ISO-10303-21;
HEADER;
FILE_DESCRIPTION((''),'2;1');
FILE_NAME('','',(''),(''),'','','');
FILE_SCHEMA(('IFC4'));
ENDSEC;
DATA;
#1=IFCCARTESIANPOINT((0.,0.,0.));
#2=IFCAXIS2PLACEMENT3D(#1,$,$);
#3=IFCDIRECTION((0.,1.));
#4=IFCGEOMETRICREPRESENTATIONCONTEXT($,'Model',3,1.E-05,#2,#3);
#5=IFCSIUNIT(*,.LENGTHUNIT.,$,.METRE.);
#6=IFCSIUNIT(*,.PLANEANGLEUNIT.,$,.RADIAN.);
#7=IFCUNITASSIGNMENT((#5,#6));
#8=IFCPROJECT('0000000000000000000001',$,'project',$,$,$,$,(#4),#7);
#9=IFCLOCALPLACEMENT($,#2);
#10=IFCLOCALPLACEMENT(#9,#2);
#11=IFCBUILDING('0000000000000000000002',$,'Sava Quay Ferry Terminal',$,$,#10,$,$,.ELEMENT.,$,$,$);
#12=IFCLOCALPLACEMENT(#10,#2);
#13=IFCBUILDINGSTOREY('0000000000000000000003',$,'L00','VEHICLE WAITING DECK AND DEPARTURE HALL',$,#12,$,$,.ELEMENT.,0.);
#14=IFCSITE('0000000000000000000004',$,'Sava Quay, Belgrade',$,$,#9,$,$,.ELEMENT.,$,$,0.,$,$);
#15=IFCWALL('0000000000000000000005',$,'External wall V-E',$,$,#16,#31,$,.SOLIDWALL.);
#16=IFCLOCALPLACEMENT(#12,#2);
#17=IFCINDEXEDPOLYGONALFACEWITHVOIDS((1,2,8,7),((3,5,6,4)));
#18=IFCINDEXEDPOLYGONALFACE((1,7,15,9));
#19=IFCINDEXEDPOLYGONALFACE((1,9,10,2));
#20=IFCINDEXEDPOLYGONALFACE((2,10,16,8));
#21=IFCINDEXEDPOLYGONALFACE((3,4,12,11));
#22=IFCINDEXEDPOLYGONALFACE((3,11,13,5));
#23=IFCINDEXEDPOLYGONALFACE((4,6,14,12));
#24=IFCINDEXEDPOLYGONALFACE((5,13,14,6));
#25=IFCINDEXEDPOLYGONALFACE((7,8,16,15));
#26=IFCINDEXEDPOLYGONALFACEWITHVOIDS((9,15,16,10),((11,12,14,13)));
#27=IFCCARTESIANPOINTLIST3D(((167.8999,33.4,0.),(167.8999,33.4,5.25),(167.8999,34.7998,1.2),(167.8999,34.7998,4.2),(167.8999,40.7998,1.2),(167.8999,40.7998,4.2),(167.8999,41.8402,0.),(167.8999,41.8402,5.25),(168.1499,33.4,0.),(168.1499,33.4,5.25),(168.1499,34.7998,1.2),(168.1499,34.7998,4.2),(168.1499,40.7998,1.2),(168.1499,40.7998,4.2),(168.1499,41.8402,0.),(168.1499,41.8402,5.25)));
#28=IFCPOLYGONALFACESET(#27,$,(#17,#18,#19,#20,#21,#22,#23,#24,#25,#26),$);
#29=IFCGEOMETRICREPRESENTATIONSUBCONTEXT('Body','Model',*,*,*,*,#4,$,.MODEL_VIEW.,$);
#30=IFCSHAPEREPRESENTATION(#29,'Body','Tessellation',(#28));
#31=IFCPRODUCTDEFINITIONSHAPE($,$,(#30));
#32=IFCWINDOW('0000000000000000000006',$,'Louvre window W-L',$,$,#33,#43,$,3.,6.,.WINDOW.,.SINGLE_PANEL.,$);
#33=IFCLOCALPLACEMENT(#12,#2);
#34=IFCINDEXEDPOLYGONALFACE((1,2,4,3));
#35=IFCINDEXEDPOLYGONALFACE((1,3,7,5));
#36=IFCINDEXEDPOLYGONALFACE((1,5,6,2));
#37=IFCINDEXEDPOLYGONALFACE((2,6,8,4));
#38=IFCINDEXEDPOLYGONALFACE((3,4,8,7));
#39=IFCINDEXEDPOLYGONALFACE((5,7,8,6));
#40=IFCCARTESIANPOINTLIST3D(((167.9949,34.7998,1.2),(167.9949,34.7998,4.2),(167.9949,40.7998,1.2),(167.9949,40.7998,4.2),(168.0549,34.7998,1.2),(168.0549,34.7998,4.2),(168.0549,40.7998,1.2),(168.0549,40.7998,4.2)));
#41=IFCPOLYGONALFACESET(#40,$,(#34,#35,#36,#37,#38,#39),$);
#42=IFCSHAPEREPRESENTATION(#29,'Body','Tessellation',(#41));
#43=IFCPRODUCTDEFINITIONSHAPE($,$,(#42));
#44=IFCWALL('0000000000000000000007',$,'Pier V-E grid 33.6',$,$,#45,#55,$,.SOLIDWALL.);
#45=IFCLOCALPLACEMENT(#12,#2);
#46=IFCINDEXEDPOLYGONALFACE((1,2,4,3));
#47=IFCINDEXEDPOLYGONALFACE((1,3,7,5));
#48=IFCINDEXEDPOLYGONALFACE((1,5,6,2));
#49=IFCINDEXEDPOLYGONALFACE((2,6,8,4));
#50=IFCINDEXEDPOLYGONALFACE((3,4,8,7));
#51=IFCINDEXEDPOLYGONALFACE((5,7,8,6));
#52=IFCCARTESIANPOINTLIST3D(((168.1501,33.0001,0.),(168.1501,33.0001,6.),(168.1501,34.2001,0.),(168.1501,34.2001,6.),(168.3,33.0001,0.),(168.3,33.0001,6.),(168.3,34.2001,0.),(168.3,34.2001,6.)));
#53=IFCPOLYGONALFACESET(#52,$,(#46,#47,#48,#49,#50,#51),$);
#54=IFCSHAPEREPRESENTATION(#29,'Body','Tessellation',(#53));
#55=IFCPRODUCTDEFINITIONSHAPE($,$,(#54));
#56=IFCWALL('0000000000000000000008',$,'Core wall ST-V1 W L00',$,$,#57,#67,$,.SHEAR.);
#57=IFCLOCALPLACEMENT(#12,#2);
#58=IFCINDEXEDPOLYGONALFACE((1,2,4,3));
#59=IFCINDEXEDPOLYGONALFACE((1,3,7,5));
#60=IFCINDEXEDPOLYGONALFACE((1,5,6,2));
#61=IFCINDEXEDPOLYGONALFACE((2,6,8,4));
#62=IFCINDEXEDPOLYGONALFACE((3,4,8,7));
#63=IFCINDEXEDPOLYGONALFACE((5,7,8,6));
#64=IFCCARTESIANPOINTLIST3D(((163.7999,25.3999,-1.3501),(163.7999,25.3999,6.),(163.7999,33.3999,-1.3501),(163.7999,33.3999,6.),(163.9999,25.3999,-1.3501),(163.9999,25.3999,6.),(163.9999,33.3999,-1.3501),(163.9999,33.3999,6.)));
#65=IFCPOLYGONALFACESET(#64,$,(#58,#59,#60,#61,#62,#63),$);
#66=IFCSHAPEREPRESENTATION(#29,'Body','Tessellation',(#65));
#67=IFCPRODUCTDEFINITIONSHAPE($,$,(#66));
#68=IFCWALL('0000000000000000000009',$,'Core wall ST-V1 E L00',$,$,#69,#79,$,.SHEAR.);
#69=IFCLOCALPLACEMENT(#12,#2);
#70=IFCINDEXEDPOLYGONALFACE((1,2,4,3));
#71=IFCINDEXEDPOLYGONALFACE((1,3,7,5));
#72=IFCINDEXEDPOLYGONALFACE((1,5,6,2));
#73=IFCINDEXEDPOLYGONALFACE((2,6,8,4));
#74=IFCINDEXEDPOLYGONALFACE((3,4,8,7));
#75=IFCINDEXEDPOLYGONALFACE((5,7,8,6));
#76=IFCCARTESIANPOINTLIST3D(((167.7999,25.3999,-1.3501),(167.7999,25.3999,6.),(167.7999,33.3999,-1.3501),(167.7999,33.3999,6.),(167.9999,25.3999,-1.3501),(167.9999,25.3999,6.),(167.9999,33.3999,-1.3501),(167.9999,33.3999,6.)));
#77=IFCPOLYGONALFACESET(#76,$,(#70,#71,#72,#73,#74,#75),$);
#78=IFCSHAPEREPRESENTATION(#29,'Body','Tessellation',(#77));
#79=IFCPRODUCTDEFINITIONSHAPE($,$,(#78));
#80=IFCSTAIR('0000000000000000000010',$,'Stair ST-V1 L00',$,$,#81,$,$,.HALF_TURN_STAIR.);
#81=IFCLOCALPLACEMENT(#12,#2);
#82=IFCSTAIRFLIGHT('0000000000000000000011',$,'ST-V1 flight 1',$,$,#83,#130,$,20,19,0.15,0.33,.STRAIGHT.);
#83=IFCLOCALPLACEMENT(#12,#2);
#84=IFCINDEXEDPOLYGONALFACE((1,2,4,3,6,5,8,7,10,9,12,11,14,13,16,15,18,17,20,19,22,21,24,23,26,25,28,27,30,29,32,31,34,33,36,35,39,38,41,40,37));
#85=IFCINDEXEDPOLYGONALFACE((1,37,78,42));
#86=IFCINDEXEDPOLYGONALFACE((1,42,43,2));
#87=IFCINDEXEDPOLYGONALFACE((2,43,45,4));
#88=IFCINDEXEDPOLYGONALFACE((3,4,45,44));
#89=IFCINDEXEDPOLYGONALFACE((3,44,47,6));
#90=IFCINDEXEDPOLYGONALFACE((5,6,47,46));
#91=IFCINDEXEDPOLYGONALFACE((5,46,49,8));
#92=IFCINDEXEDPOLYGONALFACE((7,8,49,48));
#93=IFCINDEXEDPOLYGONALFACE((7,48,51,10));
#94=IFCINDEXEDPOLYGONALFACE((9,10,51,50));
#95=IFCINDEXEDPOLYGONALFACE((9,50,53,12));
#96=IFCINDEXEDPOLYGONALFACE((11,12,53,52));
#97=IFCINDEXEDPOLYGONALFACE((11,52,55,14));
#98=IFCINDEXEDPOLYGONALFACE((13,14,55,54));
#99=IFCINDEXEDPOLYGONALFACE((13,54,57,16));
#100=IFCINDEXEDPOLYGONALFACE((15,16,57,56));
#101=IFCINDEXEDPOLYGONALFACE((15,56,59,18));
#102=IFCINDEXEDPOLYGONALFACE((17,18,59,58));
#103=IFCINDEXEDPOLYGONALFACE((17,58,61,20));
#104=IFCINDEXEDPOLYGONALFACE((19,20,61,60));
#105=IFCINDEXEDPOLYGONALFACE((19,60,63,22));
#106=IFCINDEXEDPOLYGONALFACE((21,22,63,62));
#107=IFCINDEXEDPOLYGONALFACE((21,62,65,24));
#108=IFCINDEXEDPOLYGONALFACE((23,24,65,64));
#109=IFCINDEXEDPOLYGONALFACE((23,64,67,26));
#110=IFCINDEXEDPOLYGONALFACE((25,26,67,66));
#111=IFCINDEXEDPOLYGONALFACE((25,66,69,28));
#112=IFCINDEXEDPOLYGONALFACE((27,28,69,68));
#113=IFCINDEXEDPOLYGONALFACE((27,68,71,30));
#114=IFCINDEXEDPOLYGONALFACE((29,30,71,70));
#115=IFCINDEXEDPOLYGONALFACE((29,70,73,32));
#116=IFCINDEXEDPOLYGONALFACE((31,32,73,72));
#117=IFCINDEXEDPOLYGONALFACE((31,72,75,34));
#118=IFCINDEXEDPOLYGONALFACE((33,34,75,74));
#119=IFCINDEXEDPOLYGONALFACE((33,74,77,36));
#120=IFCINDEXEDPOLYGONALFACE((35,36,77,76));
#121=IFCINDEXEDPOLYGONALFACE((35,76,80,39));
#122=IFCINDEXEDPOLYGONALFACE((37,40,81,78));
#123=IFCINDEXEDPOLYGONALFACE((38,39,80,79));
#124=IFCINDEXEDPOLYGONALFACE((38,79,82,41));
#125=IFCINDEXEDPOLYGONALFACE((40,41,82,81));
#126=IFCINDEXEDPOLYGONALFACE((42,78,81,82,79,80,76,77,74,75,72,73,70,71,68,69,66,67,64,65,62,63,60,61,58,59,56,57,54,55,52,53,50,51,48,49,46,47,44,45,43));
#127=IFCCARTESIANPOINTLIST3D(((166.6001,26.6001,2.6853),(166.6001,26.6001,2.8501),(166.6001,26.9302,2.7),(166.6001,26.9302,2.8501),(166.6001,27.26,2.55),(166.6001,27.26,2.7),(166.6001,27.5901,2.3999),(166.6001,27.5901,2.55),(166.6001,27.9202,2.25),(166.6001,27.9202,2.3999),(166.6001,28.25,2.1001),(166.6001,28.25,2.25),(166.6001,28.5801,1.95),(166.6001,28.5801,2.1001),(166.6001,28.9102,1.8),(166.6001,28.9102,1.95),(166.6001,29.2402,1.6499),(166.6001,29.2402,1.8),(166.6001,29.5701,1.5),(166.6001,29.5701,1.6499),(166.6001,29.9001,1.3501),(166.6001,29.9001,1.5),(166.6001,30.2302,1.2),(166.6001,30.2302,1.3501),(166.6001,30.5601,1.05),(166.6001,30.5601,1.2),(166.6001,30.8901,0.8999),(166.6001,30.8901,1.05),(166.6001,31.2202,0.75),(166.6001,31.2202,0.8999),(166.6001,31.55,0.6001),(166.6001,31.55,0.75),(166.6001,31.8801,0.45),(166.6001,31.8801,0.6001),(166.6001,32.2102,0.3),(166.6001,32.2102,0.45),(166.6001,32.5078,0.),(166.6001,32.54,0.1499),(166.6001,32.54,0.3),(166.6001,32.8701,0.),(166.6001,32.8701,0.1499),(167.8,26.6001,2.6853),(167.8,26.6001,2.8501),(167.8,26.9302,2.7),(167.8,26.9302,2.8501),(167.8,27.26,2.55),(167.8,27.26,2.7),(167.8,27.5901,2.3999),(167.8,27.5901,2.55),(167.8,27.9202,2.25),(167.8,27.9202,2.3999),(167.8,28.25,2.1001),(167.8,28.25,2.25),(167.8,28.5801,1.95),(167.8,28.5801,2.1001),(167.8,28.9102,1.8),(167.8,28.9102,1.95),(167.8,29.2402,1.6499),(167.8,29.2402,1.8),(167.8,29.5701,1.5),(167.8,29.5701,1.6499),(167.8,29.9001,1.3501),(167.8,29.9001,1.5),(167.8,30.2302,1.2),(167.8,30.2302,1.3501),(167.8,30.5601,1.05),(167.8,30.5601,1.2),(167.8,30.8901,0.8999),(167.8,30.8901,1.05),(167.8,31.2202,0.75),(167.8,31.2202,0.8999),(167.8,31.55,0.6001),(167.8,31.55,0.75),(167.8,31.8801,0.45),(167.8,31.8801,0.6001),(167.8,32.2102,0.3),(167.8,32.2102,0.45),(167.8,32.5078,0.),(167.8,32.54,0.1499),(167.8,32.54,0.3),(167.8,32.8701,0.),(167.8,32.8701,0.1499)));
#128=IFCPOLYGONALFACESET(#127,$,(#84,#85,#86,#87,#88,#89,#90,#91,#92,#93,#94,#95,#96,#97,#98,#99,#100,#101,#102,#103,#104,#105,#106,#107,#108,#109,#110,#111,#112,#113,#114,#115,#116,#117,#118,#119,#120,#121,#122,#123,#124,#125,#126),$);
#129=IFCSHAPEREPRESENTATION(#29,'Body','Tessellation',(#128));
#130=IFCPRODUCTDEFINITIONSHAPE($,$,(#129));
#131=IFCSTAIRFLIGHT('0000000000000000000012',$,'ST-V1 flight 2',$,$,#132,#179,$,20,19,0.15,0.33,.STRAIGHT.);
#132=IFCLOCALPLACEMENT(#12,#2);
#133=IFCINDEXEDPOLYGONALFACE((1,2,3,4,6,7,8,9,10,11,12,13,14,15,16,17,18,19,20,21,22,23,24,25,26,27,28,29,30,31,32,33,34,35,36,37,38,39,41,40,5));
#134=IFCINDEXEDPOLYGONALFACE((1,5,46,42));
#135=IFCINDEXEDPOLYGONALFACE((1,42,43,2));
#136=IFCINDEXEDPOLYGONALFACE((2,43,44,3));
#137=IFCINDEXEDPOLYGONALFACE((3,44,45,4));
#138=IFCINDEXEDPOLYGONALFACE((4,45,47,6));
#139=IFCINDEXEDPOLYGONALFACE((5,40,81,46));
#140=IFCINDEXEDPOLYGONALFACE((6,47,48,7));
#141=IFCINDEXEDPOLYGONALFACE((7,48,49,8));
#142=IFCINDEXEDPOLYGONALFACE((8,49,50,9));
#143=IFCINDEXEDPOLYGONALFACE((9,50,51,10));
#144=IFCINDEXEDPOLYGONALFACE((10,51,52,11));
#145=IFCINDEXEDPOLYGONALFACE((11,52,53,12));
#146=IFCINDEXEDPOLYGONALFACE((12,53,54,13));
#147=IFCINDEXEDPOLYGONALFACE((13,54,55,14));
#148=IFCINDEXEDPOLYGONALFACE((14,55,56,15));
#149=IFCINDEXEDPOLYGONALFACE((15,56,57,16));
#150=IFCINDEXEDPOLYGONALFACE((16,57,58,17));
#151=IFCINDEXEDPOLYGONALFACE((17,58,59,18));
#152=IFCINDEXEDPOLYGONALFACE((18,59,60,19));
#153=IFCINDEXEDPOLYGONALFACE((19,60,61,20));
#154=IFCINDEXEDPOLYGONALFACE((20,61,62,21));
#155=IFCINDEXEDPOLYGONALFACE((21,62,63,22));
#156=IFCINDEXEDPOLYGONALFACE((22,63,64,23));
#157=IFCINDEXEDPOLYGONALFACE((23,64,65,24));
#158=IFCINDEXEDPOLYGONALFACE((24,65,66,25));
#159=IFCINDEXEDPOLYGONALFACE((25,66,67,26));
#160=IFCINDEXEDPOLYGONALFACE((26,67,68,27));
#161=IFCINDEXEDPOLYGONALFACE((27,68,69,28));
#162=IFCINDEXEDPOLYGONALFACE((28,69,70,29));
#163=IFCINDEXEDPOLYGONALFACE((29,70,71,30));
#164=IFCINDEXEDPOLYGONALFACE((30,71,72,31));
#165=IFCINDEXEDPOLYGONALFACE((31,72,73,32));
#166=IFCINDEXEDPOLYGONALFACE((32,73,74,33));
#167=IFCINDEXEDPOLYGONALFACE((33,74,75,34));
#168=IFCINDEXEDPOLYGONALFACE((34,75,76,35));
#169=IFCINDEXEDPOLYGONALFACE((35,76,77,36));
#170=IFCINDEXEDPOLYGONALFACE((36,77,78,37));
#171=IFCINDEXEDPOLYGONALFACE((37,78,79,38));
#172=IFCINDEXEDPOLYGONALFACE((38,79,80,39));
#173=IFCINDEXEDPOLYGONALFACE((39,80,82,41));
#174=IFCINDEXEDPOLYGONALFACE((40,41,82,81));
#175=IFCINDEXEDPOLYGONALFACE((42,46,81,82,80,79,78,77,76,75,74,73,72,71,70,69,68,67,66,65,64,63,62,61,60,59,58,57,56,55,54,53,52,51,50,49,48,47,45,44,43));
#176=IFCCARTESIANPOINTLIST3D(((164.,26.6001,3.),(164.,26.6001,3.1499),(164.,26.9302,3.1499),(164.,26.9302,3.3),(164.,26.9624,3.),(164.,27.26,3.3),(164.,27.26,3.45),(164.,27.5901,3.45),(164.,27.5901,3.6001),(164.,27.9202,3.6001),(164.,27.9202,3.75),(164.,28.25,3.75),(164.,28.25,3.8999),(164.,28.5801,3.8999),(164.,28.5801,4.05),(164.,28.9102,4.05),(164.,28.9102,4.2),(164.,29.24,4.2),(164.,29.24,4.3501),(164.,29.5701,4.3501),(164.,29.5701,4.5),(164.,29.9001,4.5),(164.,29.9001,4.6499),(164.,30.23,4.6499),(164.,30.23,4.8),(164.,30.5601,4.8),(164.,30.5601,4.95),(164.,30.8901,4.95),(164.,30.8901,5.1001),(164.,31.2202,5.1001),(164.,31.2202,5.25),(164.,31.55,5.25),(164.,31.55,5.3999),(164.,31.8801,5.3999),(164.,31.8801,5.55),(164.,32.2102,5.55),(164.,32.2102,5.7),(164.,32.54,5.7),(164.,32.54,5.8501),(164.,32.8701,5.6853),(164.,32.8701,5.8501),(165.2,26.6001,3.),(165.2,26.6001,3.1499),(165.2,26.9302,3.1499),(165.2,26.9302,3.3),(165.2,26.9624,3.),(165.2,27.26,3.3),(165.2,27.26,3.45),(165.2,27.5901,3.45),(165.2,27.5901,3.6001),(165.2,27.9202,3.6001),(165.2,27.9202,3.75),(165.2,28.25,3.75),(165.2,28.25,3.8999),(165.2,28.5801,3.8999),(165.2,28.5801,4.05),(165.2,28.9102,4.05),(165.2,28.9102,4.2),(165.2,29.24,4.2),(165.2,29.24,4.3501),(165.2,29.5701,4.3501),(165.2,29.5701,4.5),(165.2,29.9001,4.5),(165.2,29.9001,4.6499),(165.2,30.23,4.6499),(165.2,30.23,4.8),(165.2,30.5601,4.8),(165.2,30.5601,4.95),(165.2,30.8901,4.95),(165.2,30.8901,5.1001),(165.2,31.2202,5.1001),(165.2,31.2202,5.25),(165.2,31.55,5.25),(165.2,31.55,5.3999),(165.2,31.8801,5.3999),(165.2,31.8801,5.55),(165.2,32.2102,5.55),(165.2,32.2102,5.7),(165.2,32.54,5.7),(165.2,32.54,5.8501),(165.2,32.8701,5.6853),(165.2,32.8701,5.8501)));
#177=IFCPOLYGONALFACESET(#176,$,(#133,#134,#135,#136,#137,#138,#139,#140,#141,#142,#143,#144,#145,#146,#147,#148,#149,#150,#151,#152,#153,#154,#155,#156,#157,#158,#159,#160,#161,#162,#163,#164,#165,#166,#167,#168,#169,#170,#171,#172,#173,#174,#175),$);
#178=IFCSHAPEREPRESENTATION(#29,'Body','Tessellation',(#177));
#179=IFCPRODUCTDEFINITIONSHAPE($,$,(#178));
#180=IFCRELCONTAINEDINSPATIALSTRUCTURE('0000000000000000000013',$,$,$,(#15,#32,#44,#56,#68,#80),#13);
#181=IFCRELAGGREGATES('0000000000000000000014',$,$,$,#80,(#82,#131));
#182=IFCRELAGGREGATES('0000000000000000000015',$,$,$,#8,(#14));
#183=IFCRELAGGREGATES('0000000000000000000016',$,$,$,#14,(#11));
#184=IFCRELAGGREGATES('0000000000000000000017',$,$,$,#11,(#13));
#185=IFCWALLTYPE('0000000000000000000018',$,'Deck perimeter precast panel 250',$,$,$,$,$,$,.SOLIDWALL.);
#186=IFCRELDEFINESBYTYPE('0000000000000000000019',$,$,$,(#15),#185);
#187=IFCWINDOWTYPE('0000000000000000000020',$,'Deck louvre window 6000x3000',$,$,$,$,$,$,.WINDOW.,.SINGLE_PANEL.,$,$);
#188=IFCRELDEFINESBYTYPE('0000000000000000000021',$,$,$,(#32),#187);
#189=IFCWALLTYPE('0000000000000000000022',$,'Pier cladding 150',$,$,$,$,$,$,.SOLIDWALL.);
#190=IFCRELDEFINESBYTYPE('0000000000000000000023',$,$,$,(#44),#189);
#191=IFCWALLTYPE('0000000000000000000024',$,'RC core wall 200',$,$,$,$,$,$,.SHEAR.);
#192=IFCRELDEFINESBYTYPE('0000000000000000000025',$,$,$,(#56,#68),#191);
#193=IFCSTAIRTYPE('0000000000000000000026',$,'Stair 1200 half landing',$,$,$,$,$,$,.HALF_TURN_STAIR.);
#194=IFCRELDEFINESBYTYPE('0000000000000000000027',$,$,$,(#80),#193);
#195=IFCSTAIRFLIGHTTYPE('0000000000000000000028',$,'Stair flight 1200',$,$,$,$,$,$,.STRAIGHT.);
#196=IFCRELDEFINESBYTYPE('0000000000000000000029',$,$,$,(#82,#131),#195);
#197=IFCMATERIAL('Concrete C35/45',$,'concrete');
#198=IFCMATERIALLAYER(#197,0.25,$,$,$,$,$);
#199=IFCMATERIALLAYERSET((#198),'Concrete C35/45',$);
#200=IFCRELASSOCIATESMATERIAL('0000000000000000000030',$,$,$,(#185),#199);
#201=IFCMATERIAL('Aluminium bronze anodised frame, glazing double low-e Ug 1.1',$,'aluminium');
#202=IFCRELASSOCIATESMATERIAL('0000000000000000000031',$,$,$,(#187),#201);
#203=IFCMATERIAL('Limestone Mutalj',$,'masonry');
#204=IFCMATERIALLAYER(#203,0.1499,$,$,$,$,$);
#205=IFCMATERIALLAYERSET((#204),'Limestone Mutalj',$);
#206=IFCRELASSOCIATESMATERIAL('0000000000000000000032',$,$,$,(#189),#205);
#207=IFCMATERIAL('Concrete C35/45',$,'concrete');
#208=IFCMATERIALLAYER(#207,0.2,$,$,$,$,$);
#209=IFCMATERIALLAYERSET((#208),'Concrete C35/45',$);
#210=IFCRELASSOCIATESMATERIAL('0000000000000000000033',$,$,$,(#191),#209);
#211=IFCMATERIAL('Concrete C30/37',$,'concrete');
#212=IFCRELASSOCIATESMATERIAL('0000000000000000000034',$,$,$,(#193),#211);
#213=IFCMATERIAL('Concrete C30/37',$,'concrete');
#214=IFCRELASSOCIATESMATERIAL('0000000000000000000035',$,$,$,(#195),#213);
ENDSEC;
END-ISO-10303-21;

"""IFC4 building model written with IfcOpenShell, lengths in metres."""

from ifc_helpers import new_model, si_unit, direction, frame, frame_2d, origin, place, context, subcontext, project, spatial, polyline, rectangle, outline, extrude, material, layer, layer_set, type_object, element, fill, aggregate, save


model = new_model("IFC4")

# Units and contexts
model_context = context("Model", 3, precision=1e-05, world=origin(), true_north=direction((0.0, 1.0)))
body_context = subcontext(model_context, "Body", "Model", "MODEL_VIEW")
ifc_project = project(units=[si_unit("LENGTHUNIT", "METRE"), si_unit("PLANEANGLEUNIT", "RADIAN")], contexts=[model_context])

# Site, building, storey
site_placement = place(None, origin())
site = spatial("IfcSite", under=ifc_project, at=site_placement, Name="Sava Quay, Belgrade", CompositionType="ELEMENT", RefElevation=0.0)
building_placement = place(site_placement, origin())
building = spatial("IfcBuilding", under=site, at=building_placement, Name="Sava Quay Ferry Terminal", CompositionType="ELEMENT")
storey_placement = place(building_placement, origin())
storey = spatial("IfcBuildingStorey", under=building, at=storey_placement, Name="L00", Description="VEHICLE WAITING DECK AND DEPARTURE HALL", CompositionType="ELEMENT", Elevation=0.0)

# Wall, opening, window
ifc_material_1 = material(Name="Concrete C35/45", Category="concrete")
ifc_layer_1 = layer(ifc_material_1, 0.25)
ifc_layer_set_1 = layer_set([ifc_layer_1], Name="Concrete C35/45")
wall_type_1 = type_object("IfcWallType", Name="Deck perimeter precast panel 250", PredefinedType="SOLIDWALL", material=ifc_layer_set_1)
wall_1_placement = place(storey_placement, frame((168.0249, 33.3999, 0.0), z_axis=(0.0, 0.0, 1.0), x_axis=(0.0, 1.0, 0.0)))
wall_1 = element("IfcWall", 1, at=wall_1_placement, inside=storey, type_object=wall_type_1, Name="External wall V-E", PredefinedType="SOLIDWALL", context=body_context, shape_type="SweptSolid", body=[
    extrude(rectangle(XDim=8.4402, YDim=0.25, at=frame_2d((4.2202, 0.0))), origin(), (0.0, 0.0, 1.0), 5.25),
])
opening_1_placement = place(wall_1_placement, frame((1.3999, 0.0, 1.2)))
opening_1 = element("IfcOpeningElement", 2, at=opening_1_placement, cuts=wall_1, PredefinedType="OPENING", context=body_context, shape_type="SweptSolid", body=[
    extrude(rectangle(XDim=6.0, YDim=3.0, at=frame_2d((3.0, 1.5))), frame((0.0, 0.125, 0.0), z_axis=(0.0, -1.0, 0.0), x_axis=(1.0, 0.0, 0.0)), (0.0, 0.0, 1.0), 0.25),
])
ifc_material_2 = material(Name="Aluminium bronze anodised frame, glazing double low-e Ug 1.1", Category="aluminium")
window_type = type_object("IfcWindowType", Name="Deck louvre window 6000x3000", PartitioningType="SINGLE_PANEL", PredefinedType="WINDOW", material=ifc_material_2)
window_placement = place(opening_1_placement, origin())
window = element("IfcWindow", 3, at=window_placement, inside=storey, type_object=window_type, Name="Louvre window W-L", OverallHeight=3.0, OverallWidth=6.0, PartitioningType="SINGLE_PANEL", PredefinedType="WINDOW", context=body_context, shape_type="SweptSolid", body=[
    extrude(rectangle(XDim=6.0, YDim=3.0, at=frame_2d((3.0, 1.5))), frame((0.0, 0.03, 0.0), z_axis=(0.0, -1.0, 0.0), x_axis=(1.0, 0.0, 0.0)), (0.0, 0.0, 1.0), 0.0601),
])
fill(opening_1, window)

# Wall
ifc_material_3 = material(Name="Limestone Mutalj", Category="masonry")
ifc_layer_2 = layer(ifc_material_3, 0.1499)
ifc_layer_set_2 = layer_set([ifc_layer_2], Name="Limestone Mutalj")
wall_type_2 = type_object("IfcWallType", Name="Pier cladding 150", PredefinedType="SOLIDWALL", material=ifc_layer_set_2)
wall_2_placement = place(storey_placement, frame((168.2251, 33.0, 0.0), z_axis=(0.0, 0.0, 1.0), x_axis=(0.0, 1.0, 0.0)))
element("IfcWall", 4, at=wall_2_placement, inside=storey, type_object=wall_type_2, Name="Pier V-E grid 33.6", PredefinedType="SOLIDWALL", context=body_context, shape_type="SweptSolid", body=[
    extrude(rectangle(XDim=1.2, YDim=0.1499, at=frame_2d((0.6001, 0.0))), origin(), (0.0, 0.0, 1.0), 6.0),
])

# Shared definitions
ifc_material_4 = material(Name="Concrete C35/45", Category="concrete")
ifc_layer_3 = layer(ifc_material_4, 0.2)
ifc_layer_set_3 = layer_set([ifc_layer_3], Name="Concrete C35/45")
wall_type_3 = type_object("IfcWallType", Name="RC core wall 200", PredefinedType="SHEAR", material=ifc_layer_set_3)

# Walls
for number, where, z_axis, x_axis, name in (
    (5, (163.8999, 25.3999, -1.3501), (0.0, 0.0, 1.0), (0.0, 1.0, 0.0), "Core wall ST-V1 W L00"),
    (6, (167.8999, 25.3999, -1.3501), (0.0, 0.0, 1.0), (0.0, 1.0, 0.0), "Core wall ST-V1 E L00"),
):
    element("IfcWall", number, at=place(storey_placement, frame(where, z_axis=z_axis, x_axis=x_axis)), inside=storey, type_object=wall_type_3, Name=name, PredefinedType="SHEAR", context=body_context, shape_type="SweptSolid", body=[
        extrude(rectangle(XDim=8.0, YDim=0.2, at=frame_2d((4.0, 0.0))), origin(), (0.0, 0.0, 1.0), 7.3501),
    ])

# Stair, stair flights
ifc_material_5 = material(Name="Concrete C30/37", Category="concrete")
stair_type = type_object("IfcStairType", Name="Stair 1200 half landing", PredefinedType="HALF_TURN_STAIR", material=ifc_material_5)
stair_placement = place(storey_placement, origin())
stair = element("IfcStair", 7, at=stair_placement, inside=storey, type_object=stair_type, Name="Stair ST-V1 L00", PredefinedType="HALF_TURN_STAIR")
ifc_material_6 = material(Name="Concrete C30/37", Category="concrete")
stair_flight_type = type_object("IfcStairFlightType", Name="Stair flight 1200", PredefinedType="STRAIGHT", material=ifc_material_6)
stair_flight_1_placement = place(storey_placement, frame((167.2, 32.8701, 0.0), z_axis=(0.0, 0.0, 1.0), x_axis=(0.0, -1.0, 0.0)))
stair_flight_1 = element("IfcStairFlight", 8, at=stair_flight_1_placement, type_object=stair_flight_type, Name="ST-V1 flight 1", NumberOfRisers=20, NumberOfTreads=19, PredefinedType="STRAIGHT", RiserHeight=0.15, TreadLength=0.33, context=body_context, shape_type="SweptSolid", body=[
    extrude(outline(polyline([(0.0, 0.0), (0.0, 0.1499), (0.3301, 0.1499), (0.3301, 0.3), (0.6599, 0.3), (0.6599, 0.45), (0.99, 0.45), (0.99, 0.6001), (1.3201, 0.6001), (1.3201, 0.75), (1.6499, 0.75), (1.6499, 0.8999), (1.98, 0.8999), (1.98, 1.05), (2.3101, 1.05), (2.3101, 1.2), (2.6399, 1.2), (2.6399, 1.3501), (2.97, 1.3501), (2.97, 1.5), (3.3, 1.5), (3.3, 1.6499), (3.6299, 1.6499), (3.6299, 1.8), (3.96, 1.8), (3.96, 1.95), (4.29, 1.95), (4.29, 2.1001), (4.6201, 2.1001), (4.6201, 2.25), (4.95, 2.25), (4.95, 2.3999), (5.28, 2.3999), (5.28, 2.55), (5.6101, 2.55), (5.6101, 2.7), (5.9399, 2.7), (5.9399, 2.8501), (6.27, 2.8501), (6.27, 3.0), (6.27, 2.6853), (0.3623, 0.0), (0.0, 0.0)])), frame((0.0, 0.6001, 0.0), z_axis=(0.0, -1.0, 0.0), x_axis=(1.0, 0.0, 0.0)), (0.0, 0.0, 1.0), 1.2),
])
stair_flight_2_placement = place(storey_placement, frame((164.6001, 26.6001, 3.0), z_axis=(0.0, 0.0, 1.0), x_axis=(0.0, 1.0, 0.0)))
stair_flight_2 = element("IfcStairFlight", 9, at=stair_flight_2_placement, type_object=stair_flight_type, Name="ST-V1 flight 2", NumberOfRisers=20, NumberOfTreads=19, PredefinedType="STRAIGHT", RiserHeight=0.15, TreadLength=0.33, context=body_context, shape_type="SweptSolid", body=[
    extrude(outline(polyline([(0.0, 0.0), (0.0, 0.1499), (0.3301, 0.1499), (0.3301, 0.3), (0.6599, 0.3), (0.6599, 0.45), (0.99, 0.45), (0.99, 0.6001), (1.3201, 0.6001), (1.3201, 0.75), (1.6499, 0.75), (1.6499, 0.8999), (1.98, 0.8999), (1.98, 1.05), (2.3101, 1.05), (2.3101, 1.2), (2.6399, 1.2), (2.6399, 1.3501), (2.97, 1.3501), (2.97, 1.5), (3.3, 1.5), (3.3, 1.6499), (3.6299, 1.6499), (3.6299, 1.8), (3.96, 1.8), (3.96, 1.95), (4.29, 1.95), (4.29, 2.1001), (4.6201, 2.1001), (4.6201, 2.25), (4.95, 2.25), (4.95, 2.3999), (5.28, 2.3999), (5.28, 2.55), (5.6101, 2.55), (5.6101, 2.7), (5.9399, 2.7), (5.9399, 2.8501), (6.27, 2.8501), (6.27, 3.0), (6.27, 2.6853), (0.3623, 0.0), (0.0, 0.0)])), frame((0.0, 0.6001, 0.0), z_axis=(0.0, -1.0, 0.0), x_axis=(1.0, 0.0, 0.0)), (0.0, 0.0, 1.0), 1.2),
])
aggregate(stair, [stair_flight_1, stair_flight_2])

save(model, "model.ifc")
